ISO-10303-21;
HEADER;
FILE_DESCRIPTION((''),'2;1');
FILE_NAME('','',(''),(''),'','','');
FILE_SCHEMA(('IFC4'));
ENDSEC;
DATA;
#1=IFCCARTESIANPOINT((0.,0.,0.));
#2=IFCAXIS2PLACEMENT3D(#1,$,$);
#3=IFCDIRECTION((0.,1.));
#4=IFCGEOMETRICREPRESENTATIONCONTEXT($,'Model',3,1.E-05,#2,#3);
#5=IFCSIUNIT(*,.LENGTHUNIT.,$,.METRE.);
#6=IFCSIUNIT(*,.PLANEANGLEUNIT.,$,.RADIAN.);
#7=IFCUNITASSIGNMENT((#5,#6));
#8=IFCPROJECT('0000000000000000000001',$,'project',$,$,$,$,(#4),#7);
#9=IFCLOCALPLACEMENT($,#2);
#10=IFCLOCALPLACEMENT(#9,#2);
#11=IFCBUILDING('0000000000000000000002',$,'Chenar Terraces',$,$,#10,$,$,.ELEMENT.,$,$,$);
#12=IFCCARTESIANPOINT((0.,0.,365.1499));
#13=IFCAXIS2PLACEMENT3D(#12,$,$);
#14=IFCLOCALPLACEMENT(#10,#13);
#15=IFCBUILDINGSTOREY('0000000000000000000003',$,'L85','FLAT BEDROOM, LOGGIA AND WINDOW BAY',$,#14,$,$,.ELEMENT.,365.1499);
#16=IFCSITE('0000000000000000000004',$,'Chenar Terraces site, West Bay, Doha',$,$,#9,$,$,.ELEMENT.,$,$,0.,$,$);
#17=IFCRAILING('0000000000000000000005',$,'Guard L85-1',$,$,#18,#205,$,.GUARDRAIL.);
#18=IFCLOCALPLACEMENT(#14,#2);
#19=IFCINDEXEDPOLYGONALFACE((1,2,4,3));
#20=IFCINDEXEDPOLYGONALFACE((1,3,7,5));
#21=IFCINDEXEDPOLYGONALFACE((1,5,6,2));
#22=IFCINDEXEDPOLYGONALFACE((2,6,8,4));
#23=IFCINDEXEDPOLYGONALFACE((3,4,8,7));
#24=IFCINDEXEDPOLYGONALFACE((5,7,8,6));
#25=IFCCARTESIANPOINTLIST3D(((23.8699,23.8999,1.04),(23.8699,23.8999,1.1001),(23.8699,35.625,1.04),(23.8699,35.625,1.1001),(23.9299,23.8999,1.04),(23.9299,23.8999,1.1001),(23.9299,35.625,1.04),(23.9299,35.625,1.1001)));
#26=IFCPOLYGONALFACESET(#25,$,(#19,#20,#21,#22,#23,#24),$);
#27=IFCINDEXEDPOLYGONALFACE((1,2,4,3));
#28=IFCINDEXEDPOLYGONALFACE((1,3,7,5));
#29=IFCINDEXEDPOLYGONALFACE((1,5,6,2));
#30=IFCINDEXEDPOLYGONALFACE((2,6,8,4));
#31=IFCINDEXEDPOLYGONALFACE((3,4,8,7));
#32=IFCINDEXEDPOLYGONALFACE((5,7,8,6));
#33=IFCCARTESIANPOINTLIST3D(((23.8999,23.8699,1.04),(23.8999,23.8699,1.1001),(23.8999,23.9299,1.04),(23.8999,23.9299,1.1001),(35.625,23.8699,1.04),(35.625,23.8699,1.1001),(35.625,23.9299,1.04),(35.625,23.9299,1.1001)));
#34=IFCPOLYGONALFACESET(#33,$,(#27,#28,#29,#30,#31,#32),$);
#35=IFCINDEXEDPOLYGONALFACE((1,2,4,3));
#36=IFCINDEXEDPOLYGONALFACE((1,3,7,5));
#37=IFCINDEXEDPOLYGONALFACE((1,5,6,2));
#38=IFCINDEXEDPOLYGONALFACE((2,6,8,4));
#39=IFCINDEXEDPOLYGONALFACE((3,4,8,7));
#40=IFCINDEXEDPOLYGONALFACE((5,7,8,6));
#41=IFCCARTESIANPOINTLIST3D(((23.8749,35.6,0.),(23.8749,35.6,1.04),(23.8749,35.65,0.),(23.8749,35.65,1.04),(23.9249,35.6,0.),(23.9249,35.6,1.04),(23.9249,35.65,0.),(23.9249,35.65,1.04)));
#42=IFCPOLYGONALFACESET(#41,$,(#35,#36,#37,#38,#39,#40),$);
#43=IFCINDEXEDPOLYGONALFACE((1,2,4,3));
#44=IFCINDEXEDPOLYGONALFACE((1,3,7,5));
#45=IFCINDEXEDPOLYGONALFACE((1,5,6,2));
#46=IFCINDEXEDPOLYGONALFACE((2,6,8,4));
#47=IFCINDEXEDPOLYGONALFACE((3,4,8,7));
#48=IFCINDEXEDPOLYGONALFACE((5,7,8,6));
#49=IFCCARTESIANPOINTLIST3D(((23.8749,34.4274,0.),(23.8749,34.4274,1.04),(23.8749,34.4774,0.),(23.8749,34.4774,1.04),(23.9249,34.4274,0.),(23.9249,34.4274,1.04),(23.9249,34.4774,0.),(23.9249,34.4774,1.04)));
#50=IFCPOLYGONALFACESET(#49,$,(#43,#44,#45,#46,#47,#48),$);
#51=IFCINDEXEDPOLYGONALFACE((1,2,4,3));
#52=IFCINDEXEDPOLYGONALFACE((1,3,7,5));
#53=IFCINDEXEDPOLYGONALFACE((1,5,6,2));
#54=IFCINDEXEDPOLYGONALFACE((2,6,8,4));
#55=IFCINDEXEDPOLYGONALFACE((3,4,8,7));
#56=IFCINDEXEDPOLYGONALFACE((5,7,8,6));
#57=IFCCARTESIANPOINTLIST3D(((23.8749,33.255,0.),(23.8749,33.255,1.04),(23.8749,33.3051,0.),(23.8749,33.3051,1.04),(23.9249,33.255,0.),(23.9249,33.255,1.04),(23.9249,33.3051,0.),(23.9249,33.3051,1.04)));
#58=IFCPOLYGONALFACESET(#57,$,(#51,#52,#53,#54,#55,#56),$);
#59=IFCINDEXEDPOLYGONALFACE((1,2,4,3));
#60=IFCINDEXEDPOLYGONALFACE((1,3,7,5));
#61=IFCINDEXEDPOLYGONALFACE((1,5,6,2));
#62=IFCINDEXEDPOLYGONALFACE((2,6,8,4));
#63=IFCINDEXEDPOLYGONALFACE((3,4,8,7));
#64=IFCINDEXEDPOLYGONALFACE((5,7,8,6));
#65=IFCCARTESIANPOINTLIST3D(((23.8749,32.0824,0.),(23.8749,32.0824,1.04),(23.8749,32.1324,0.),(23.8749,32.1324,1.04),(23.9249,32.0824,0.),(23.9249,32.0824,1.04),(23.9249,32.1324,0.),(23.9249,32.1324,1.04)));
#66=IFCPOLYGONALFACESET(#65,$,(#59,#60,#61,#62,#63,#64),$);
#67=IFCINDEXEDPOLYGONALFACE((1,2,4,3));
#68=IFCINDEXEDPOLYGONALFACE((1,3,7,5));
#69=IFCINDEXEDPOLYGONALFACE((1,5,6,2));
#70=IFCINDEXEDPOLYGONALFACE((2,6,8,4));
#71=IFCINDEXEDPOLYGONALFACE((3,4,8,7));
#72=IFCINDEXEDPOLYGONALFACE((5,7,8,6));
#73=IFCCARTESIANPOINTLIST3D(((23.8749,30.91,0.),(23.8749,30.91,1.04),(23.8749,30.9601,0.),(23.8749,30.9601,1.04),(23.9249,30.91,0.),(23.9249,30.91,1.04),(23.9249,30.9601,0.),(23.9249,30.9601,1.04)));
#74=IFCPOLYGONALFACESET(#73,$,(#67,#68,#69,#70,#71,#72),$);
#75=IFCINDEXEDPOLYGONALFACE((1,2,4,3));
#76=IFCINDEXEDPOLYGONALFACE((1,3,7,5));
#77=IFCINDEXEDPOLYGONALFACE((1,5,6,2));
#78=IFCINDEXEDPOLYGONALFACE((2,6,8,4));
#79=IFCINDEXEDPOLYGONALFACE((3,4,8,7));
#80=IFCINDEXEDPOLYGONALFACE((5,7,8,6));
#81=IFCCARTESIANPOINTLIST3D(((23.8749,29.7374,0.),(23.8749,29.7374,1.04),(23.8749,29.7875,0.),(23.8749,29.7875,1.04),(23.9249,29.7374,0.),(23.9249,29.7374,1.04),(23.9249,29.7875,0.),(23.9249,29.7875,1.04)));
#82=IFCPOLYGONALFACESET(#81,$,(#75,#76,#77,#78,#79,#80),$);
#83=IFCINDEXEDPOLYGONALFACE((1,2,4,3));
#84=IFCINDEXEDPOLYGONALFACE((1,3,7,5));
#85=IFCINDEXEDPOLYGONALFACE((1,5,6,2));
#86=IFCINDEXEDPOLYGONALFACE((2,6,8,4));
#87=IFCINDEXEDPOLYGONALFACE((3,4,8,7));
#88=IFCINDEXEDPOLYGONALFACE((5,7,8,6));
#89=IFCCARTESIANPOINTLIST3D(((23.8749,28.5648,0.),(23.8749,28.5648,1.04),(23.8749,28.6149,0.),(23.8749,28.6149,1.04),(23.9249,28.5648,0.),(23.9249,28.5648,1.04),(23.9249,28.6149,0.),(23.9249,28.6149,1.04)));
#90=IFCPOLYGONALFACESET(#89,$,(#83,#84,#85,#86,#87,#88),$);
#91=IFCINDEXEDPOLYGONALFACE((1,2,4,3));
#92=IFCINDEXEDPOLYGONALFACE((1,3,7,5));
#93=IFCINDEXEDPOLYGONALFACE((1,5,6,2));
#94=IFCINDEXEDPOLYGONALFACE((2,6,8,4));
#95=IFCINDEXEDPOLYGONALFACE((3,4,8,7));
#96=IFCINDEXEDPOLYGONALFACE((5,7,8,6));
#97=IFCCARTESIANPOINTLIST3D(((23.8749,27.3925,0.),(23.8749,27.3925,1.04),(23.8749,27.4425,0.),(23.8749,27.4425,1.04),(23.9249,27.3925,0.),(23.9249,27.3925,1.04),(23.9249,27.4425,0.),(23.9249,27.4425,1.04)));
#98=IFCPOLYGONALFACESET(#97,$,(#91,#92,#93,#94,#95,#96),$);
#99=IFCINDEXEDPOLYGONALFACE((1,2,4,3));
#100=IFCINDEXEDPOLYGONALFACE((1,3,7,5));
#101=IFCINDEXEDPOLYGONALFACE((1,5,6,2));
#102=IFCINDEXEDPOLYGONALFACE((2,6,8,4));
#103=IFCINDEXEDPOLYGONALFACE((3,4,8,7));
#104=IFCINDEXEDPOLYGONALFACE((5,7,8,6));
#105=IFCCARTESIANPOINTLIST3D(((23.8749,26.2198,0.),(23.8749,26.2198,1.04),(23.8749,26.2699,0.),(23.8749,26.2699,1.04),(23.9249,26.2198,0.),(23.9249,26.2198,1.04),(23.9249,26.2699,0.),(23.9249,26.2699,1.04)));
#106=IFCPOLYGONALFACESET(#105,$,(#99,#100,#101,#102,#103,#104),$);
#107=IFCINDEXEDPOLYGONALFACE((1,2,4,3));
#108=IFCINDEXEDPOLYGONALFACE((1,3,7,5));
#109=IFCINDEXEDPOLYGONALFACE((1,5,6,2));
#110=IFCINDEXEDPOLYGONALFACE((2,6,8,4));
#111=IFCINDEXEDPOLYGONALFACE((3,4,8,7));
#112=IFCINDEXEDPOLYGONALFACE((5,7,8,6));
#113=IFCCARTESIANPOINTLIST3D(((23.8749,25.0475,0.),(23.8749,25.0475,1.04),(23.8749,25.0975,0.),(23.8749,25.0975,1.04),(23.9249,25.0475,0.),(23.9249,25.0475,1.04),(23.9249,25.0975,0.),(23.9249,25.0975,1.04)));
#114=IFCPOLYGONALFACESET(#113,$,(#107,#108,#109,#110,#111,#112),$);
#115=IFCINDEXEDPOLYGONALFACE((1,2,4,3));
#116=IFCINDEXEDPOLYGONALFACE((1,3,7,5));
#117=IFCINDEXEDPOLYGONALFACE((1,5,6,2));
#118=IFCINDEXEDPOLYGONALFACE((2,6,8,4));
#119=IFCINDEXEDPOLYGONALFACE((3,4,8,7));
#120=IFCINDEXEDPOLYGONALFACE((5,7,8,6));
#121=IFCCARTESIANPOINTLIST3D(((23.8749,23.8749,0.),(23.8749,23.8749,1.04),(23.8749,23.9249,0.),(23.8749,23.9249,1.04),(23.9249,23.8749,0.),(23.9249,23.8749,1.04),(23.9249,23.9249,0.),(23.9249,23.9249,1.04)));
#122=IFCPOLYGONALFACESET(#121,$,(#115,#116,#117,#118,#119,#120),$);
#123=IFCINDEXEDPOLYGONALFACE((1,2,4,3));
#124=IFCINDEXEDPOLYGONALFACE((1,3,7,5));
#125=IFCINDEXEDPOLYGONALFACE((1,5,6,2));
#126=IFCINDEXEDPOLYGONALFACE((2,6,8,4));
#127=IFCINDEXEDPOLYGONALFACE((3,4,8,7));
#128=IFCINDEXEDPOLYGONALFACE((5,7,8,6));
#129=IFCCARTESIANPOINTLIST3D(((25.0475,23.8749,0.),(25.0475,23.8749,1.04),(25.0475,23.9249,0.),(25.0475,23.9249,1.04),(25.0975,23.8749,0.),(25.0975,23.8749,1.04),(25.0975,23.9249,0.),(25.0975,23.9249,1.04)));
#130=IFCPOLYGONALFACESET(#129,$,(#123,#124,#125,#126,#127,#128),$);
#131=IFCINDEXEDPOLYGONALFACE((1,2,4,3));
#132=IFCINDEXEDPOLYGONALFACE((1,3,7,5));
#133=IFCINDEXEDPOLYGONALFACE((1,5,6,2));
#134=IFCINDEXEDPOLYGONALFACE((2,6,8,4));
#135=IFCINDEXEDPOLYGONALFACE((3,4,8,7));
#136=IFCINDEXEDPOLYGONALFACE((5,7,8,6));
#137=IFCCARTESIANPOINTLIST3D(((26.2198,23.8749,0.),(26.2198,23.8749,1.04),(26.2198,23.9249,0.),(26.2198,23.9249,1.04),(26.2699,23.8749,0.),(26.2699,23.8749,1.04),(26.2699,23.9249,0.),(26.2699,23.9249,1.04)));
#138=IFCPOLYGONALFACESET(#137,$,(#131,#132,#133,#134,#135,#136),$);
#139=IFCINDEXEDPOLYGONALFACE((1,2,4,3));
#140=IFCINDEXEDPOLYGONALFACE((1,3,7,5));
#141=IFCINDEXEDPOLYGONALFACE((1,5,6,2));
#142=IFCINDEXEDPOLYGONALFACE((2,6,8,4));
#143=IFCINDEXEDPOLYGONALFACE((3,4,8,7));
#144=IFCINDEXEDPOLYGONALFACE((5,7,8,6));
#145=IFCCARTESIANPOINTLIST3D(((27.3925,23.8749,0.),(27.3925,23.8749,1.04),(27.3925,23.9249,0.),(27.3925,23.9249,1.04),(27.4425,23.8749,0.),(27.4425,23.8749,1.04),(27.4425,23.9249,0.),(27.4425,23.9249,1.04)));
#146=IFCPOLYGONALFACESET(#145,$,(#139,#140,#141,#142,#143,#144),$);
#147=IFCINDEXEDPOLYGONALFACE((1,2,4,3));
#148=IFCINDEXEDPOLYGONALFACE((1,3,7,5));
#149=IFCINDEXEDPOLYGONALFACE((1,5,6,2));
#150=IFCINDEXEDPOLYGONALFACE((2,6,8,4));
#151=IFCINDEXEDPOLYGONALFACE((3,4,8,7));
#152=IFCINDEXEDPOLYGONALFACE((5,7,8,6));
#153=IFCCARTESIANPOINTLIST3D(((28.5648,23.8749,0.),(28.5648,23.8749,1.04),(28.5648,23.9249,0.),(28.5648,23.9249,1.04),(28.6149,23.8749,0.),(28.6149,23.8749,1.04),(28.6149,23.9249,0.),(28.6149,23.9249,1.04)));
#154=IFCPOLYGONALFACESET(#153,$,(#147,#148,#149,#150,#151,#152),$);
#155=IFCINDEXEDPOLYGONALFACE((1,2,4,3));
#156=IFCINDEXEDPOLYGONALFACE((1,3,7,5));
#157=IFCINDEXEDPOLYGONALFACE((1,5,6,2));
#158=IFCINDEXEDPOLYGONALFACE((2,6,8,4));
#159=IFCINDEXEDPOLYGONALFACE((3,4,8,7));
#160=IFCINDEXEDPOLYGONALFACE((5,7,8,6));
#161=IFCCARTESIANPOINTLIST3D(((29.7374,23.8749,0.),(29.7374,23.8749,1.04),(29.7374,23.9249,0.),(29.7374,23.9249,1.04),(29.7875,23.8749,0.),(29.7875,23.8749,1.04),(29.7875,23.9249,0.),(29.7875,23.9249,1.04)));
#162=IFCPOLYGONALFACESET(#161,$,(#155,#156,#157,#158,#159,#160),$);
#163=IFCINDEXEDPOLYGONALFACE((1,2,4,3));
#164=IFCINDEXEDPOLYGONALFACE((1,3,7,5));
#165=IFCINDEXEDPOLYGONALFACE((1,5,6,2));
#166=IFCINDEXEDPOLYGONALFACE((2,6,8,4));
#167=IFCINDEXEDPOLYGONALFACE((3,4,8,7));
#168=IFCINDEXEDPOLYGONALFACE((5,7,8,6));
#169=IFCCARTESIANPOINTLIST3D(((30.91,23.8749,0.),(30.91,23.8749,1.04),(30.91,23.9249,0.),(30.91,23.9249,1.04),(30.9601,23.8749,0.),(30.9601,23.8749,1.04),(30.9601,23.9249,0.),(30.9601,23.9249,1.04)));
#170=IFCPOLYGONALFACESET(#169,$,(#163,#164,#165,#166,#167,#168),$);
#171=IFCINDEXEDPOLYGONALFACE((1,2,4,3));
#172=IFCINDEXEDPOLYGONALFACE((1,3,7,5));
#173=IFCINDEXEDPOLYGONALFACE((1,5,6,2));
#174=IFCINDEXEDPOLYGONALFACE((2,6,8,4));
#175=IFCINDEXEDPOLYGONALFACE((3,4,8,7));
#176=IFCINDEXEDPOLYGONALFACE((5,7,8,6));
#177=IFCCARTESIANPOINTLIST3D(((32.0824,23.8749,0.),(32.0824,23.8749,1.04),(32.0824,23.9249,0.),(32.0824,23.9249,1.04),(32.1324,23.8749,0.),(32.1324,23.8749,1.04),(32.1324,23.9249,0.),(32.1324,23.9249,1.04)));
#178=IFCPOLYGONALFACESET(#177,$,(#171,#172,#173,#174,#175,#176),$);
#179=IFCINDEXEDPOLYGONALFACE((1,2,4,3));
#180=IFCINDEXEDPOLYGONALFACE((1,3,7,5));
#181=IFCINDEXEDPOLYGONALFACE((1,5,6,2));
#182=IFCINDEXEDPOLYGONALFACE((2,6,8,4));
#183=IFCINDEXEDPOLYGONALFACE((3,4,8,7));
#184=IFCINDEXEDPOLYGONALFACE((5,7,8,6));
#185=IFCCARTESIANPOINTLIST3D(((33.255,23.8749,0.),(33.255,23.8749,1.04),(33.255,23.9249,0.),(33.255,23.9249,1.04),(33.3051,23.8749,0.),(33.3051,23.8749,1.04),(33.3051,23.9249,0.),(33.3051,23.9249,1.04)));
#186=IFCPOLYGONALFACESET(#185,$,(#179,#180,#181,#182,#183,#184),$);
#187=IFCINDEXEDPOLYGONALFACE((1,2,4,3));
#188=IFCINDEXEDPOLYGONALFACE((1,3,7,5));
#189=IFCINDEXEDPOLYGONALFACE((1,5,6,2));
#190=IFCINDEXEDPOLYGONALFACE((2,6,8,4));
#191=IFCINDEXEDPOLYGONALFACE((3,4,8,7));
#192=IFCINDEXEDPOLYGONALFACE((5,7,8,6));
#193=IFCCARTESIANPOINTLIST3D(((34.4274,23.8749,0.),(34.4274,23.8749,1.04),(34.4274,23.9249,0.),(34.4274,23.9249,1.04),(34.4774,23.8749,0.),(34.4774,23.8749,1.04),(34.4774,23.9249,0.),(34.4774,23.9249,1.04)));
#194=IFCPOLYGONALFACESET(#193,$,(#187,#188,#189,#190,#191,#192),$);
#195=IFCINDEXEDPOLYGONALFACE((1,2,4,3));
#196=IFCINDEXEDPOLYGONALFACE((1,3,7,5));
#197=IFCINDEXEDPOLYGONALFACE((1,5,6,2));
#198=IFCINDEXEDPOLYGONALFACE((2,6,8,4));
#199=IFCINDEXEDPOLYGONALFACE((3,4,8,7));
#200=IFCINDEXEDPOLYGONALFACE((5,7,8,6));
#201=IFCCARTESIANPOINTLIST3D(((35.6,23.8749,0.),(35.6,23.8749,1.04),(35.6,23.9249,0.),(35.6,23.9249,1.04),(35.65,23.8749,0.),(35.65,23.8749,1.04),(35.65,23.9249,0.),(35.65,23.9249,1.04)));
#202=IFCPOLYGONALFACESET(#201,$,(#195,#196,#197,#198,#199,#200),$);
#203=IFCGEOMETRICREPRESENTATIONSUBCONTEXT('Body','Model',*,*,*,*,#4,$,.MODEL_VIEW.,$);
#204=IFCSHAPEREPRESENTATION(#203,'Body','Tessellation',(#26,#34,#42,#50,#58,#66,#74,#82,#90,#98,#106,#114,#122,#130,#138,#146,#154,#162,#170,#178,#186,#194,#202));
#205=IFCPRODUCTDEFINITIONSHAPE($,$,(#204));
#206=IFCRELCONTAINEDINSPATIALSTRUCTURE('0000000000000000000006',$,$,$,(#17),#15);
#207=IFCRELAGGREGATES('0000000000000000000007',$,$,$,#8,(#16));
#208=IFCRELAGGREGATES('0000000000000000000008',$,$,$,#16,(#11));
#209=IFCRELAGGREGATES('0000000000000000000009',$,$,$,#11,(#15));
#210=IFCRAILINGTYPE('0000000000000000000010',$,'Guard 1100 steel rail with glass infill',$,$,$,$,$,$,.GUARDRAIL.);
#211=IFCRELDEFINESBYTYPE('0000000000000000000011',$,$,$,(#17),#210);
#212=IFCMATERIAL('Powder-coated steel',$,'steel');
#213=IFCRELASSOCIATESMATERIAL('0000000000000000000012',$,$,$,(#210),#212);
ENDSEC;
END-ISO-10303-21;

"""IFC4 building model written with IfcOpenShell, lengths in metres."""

from ifc_helpers import new_model, si_unit, direction, frame, origin, origin_2d, place, context, subcontext, project, spatial, rectangle, extrude, material, type_object, element, save


model = new_model("IFC4")

# Units and contexts
model_context = context("Model", 3, precision=1e-05, world=origin(), true_north=direction((0.0, 1.0)))
body_context = subcontext(model_context, "Body", "Model", "MODEL_VIEW")
ifc_project = project(units=[si_unit("LENGTHUNIT", "METRE"), si_unit("PLANEANGLEUNIT", "RADIAN")], contexts=[model_context])

# Site, building, storey
site_placement = place(None, origin())
site = spatial("IfcSite", under=ifc_project, at=site_placement, Name="Chenar Terraces site, West Bay, Doha", CompositionType="ELEMENT", RefElevation=0.0)
building_placement = place(site_placement, origin())
building = spatial("IfcBuilding", under=site, at=building_placement, Name="Chenar Terraces", CompositionType="ELEMENT")
storey_placement = place(building_placement, frame((0.0, 0.0, 365.1499)))
storey = spatial("IfcBuildingStorey", under=building, at=storey_placement, Name="L85", Description="FLAT BEDROOM, LOGGIA AND WINDOW BAY", CompositionType="ELEMENT", Elevation=365.1499)

# Railing
ifc_material_1 = material(Name="Powder-coated steel", Category="steel")
railing_type = type_object("IfcRailingType", Name="Guard 1100 steel rail with glass infill", PredefinedType="GUARDRAIL", material=ifc_material_1)
railing_placement = place(storey_placement, frame((23.8999, 35.625, 0.0)))
element("IfcRailing", 1, at=railing_placement, inside=storey, type_object=railing_type, Name="Guard L85-1", PredefinedType="GUARDRAIL", context=body_context, shape_type="SweptSolid", body=[
    extrude(rectangle(XDim=0.0601, YDim=0.0601, at=origin_2d()), frame((0.0, 0.0, 1.0701), z_axis=(0.0, -1.0, 0.0), x_axis=(1.0, 0.0, 0.0)), (0.0, 0.0, 1.0), 11.7251),
    extrude(rectangle(XDim=0.0601, YDim=0.0601, at=origin_2d()), frame((0.0, -11.7251, 1.0701), z_axis=(1.0, 0.0, 0.0), x_axis=(0.0, 1.0, 0.0)), (0.0, 0.0, 1.0), 11.7251),
    extrude(rectangle(XDim=0.05, YDim=0.05, at=origin_2d()), origin(), (0.0, 0.0, 1.0), 1.04),
    extrude(rectangle(XDim=0.05, YDim=0.05, at=origin_2d()), frame((0.0, -1.1726, 0.0)), (0.0, 0.0, 1.0), 1.04),
    extrude(rectangle(XDim=0.05, YDim=0.05, at=origin_2d()), frame((0.0, -2.345, 0.0)), (0.0, 0.0, 1.0), 1.04),
    extrude(rectangle(XDim=0.05, YDim=0.05, at=origin_2d()), frame((0.0, -3.5176, 0.0)), (0.0, 0.0, 1.0), 1.04),
    extrude(rectangle(XDim=0.05, YDim=0.05, at=origin_2d()), frame((0.0, -4.6899, 0.0)), (0.0, 0.0, 1.0), 1.04),
    extrude(rectangle(XDim=0.05, YDim=0.05, at=origin_2d()), frame((0.0, -5.8625, 0.0)), (0.0, 0.0, 1.0), 1.04),
    extrude(rectangle(XDim=0.05, YDim=0.05, at=origin_2d()), frame((0.0, -7.0352, 0.0)), (0.0, 0.0, 1.0), 1.04),
    extrude(rectangle(XDim=0.05, YDim=0.05, at=origin_2d()), frame((0.0, -8.2075, 0.0)), (0.0, 0.0, 1.0), 1.04),
    extrude(rectangle(XDim=0.05, YDim=0.05, at=origin_2d()), frame((0.0, -9.3801, 0.0)), (0.0, 0.0, 1.0), 1.04),
    extrude(rectangle(XDim=0.05, YDim=0.05, at=origin_2d()), frame((0.0, -10.5525, 0.0)), (0.0, 0.0, 1.0), 1.04),
    extrude(rectangle(XDim=0.05, YDim=0.05, at=origin_2d()), frame((0.0, -11.7251, 0.0)), (0.0, 0.0, 1.0), 1.04),
    extrude(rectangle(XDim=0.05, YDim=0.05, at=origin_2d()), frame((1.1726, -11.7251, 0.0)), (0.0, 0.0, 1.0), 1.04),
    extrude(rectangle(XDim=0.05, YDim=0.05, at=origin_2d()), frame((2.345, -11.7251, 0.0)), (0.0, 0.0, 1.0), 1.04),
    extrude(rectangle(XDim=0.05, YDim=0.05, at=origin_2d()), frame((3.5176, -11.7251, 0.0)), (0.0, 0.0, 1.0), 1.04),
    extrude(rectangle(XDim=0.05, YDim=0.05, at=origin_2d()), frame((4.6899, -11.7251, 0.0)), (0.0, 0.0, 1.0), 1.04),
    extrude(rectangle(XDim=0.05, YDim=0.05, at=origin_2d()), frame((5.8625, -11.7251, 0.0)), (0.0, 0.0, 1.0), 1.04),
    extrude(rectangle(XDim=0.05, YDim=0.05, at=origin_2d()), frame((7.0352, -11.7251, 0.0)), (0.0, 0.0, 1.0), 1.04),
    extrude(rectangle(XDim=0.05, YDim=0.05, at=origin_2d()), frame((8.2075, -11.7251, 0.0)), (0.0, 0.0, 1.0), 1.04),
    extrude(rectangle(XDim=0.05, YDim=0.05, at=origin_2d()), frame((9.3801, -11.7251, 0.0)), (0.0, 0.0, 1.0), 1.04),
    extrude(rectangle(XDim=0.05, YDim=0.05, at=origin_2d()), frame((10.5525, -11.7251, 0.0)), (0.0, 0.0, 1.0), 1.04),
    extrude(rectangle(XDim=0.05, YDim=0.05, at=origin_2d()), frame((11.7251, -11.7251, 0.0)), (0.0, 0.0, 1.0), 1.04),
])

save(model, "model.ifc")
